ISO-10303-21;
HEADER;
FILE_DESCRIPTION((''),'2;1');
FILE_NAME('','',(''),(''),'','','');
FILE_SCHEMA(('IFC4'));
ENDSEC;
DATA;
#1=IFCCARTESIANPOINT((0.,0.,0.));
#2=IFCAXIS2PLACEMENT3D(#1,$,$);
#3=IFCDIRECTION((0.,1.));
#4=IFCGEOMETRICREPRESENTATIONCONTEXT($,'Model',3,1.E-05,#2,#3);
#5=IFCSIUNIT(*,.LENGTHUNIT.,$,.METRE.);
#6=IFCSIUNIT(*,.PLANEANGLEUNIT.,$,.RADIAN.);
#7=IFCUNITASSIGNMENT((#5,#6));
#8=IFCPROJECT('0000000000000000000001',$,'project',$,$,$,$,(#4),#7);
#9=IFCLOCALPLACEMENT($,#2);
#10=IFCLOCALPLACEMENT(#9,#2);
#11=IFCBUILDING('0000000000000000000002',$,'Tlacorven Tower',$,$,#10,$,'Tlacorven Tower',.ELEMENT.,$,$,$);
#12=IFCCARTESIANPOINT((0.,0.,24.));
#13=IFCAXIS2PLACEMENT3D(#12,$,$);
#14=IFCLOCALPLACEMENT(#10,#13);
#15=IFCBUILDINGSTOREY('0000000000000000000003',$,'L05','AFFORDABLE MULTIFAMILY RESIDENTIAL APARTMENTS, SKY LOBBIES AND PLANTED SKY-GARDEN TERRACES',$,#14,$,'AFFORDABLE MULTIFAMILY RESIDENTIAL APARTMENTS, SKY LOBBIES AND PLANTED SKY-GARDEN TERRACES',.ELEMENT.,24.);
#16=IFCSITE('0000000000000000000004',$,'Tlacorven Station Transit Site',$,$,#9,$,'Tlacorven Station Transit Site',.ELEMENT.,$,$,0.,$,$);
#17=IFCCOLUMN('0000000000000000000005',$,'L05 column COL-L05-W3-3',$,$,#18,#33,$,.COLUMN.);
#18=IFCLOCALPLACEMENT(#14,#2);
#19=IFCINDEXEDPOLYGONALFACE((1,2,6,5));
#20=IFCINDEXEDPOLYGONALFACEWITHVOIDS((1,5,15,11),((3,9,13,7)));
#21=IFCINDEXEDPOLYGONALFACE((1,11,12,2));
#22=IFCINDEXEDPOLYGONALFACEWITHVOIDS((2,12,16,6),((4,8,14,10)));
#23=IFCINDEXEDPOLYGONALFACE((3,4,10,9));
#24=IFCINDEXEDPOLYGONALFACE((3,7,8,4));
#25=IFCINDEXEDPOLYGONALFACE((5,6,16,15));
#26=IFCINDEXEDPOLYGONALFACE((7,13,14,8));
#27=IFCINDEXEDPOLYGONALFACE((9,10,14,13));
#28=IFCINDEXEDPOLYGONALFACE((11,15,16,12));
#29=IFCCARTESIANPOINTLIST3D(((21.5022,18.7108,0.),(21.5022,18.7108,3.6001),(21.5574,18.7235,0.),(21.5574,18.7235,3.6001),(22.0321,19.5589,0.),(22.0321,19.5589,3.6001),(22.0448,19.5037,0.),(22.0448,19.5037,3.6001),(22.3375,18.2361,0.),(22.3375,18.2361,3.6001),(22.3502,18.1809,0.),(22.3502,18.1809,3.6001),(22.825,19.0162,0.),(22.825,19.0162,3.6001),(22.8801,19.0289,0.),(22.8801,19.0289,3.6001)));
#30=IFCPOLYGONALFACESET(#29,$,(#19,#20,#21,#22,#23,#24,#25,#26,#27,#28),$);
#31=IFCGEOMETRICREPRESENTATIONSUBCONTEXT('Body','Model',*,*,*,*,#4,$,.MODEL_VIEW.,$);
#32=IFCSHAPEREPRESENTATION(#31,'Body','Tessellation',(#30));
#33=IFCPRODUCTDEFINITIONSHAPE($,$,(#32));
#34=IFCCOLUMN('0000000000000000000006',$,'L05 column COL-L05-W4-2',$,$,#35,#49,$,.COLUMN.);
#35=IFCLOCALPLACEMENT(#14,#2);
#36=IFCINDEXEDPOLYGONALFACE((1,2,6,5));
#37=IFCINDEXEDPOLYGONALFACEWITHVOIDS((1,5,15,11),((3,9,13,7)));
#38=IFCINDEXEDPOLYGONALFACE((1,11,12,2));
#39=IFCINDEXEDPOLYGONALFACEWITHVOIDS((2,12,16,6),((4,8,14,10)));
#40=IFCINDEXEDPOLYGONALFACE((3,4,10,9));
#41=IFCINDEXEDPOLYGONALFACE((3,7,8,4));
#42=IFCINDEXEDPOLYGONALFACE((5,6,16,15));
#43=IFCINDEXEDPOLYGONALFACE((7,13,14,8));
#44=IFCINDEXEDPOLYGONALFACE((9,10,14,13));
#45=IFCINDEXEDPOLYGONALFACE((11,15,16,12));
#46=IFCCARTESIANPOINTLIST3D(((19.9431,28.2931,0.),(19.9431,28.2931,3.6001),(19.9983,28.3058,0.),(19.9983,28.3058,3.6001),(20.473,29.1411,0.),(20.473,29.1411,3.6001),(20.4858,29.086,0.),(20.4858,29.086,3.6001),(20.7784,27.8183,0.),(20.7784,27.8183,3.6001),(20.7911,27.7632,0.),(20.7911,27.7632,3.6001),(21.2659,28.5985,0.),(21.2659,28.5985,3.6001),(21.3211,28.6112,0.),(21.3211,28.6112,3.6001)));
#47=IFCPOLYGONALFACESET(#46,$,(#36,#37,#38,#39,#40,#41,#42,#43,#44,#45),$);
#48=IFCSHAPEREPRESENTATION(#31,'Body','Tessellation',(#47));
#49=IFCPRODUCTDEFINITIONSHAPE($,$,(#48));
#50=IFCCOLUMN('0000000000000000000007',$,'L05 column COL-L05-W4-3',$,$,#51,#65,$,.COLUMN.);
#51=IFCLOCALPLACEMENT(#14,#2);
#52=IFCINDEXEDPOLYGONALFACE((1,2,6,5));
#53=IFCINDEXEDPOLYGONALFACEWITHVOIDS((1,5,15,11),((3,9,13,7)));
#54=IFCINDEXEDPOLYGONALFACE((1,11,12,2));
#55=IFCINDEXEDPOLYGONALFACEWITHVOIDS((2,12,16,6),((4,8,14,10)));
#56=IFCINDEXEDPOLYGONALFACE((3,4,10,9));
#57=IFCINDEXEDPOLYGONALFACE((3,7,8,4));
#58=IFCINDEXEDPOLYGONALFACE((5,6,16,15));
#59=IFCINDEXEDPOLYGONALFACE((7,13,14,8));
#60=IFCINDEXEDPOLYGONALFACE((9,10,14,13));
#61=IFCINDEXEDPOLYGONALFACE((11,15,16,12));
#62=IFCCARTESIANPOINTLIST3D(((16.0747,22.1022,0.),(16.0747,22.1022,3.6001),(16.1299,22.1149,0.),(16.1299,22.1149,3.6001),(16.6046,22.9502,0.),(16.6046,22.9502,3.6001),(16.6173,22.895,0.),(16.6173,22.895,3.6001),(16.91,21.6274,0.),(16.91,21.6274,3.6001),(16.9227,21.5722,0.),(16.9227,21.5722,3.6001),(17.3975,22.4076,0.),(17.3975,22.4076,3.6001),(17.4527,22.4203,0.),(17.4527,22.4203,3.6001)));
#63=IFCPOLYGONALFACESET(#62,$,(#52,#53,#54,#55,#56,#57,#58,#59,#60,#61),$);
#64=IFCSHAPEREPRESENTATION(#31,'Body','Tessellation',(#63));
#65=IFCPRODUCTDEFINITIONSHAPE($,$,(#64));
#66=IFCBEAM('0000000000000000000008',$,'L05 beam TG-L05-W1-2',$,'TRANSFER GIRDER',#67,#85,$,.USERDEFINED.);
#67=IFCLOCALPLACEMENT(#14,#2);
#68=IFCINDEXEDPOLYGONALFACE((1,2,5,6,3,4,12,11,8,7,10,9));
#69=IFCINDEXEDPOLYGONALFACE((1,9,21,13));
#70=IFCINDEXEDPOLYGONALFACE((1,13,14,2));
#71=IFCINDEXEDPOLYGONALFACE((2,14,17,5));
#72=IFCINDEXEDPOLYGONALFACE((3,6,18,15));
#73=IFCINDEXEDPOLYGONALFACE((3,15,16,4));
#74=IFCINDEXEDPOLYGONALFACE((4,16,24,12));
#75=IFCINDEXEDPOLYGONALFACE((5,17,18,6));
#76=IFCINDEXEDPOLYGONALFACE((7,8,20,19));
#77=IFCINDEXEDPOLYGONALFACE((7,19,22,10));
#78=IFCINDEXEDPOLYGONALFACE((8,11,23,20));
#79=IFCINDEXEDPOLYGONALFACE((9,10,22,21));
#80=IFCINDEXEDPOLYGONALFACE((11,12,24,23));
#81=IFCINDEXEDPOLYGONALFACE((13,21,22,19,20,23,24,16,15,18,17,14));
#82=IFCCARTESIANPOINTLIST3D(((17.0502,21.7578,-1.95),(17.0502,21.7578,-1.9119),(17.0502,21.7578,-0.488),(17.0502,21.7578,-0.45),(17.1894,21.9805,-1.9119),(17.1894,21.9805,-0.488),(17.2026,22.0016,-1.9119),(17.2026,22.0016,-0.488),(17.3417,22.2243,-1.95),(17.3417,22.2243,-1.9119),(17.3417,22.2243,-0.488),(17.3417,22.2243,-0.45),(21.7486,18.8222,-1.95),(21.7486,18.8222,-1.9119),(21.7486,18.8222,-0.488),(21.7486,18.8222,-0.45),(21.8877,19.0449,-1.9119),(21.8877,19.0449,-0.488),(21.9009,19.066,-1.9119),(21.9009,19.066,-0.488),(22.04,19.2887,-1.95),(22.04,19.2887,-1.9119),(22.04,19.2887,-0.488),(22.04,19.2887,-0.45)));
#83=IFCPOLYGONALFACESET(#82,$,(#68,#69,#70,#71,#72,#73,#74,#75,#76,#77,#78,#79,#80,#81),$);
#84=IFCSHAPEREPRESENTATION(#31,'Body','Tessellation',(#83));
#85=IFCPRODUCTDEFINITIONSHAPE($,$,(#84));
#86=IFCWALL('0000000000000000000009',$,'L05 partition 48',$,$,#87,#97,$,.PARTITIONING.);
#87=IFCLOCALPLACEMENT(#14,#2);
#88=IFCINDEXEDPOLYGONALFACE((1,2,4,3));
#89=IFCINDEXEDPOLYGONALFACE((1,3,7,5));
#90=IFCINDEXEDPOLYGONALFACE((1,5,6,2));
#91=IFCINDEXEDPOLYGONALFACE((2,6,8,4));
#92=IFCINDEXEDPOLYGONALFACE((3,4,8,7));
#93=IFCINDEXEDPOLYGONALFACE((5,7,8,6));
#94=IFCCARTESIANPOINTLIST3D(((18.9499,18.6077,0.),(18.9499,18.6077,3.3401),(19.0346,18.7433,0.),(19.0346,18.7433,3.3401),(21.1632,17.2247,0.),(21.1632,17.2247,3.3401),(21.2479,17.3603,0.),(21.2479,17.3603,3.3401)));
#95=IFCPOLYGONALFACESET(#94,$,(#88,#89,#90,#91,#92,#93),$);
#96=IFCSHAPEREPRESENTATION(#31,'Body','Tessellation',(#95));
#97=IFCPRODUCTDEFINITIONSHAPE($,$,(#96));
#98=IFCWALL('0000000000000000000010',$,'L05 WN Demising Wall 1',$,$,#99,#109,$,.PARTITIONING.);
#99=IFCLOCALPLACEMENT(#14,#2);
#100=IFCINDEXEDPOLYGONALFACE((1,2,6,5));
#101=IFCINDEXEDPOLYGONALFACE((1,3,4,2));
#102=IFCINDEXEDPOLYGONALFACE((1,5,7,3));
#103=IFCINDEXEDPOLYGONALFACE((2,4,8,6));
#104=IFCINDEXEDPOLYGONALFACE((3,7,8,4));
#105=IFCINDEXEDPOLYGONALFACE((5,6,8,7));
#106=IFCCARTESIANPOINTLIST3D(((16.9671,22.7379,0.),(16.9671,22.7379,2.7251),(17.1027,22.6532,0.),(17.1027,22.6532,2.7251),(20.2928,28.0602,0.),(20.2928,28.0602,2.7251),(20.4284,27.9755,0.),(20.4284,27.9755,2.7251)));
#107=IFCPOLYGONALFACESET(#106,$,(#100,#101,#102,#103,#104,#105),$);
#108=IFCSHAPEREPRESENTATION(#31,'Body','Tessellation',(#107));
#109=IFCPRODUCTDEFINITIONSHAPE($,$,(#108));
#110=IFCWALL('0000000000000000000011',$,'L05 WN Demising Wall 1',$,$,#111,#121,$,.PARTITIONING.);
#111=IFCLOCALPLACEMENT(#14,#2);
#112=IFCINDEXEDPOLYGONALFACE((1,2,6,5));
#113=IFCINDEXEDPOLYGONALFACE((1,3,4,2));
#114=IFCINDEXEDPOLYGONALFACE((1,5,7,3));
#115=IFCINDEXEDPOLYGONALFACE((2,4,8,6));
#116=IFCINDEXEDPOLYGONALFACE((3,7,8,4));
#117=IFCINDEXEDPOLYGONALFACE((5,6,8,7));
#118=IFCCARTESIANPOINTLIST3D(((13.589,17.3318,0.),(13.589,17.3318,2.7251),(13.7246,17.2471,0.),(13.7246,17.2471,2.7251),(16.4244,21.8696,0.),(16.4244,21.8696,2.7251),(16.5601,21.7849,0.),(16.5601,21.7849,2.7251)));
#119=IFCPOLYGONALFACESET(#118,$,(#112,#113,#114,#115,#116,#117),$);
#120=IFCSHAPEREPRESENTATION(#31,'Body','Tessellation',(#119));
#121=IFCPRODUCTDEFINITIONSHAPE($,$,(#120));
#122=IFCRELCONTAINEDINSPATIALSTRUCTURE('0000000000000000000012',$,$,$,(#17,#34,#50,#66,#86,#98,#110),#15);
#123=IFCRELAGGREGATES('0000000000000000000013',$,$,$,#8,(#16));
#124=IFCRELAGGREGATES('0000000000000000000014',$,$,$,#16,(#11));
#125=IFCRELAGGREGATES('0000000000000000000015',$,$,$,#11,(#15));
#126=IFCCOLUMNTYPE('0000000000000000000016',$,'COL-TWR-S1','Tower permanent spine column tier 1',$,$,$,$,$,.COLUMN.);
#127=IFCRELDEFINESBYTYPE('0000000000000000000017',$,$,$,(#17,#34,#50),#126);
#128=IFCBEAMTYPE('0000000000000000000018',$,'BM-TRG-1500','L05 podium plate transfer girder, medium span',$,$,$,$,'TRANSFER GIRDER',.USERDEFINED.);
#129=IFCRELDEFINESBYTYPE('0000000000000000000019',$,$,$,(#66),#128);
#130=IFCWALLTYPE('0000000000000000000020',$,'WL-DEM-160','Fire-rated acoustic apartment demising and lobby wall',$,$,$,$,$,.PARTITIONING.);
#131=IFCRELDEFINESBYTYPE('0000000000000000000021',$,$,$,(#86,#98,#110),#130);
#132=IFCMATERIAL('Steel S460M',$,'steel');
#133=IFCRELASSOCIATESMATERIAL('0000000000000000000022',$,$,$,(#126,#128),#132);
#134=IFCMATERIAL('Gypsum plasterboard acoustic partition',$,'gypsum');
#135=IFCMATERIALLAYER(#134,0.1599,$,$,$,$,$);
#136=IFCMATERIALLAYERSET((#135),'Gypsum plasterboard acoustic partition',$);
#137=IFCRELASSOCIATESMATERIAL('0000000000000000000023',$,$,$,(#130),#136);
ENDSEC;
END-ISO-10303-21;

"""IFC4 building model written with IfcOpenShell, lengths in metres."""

from ifc_helpers import new_model, si_unit, direction, frame, frame_2d, origin, origin_2d, place, context, subcontext, project, spatial, rectangle, hollow_rectangle, i_section, extrude, source, transform, mapped, material, layer, layer_set, material_profile, profile_set, type_object, element, save


model = new_model("IFC4")

# Units and contexts
model_context = context("Model", 3, precision=1e-05, world=origin(), true_north=direction((0.0, 1.0)))
body_context = subcontext(model_context, "Body", "Model", "MODEL_VIEW")
ifc_project = project(units=[si_unit("LENGTHUNIT", "METRE"), si_unit("PLANEANGLEUNIT", "RADIAN")], contexts=[model_context])

# Site, building, storey
site_placement = place(None, origin())
site = spatial("IfcSite", under=ifc_project, at=site_placement, Name="Tlacorven Station Transit Site", LongName="Tlacorven Station Transit Site", CompositionType="ELEMENT", RefElevation=0.0)
building_placement = place(site_placement, origin())
building = spatial("IfcBuilding", under=site, at=building_placement, Name="Tlacorven Tower", LongName="Tlacorven Tower", CompositionType="ELEMENT")
storey_placement = place(building_placement, frame((0.0, 0.0, 24.0)))
storey = spatial("IfcBuildingStorey", under=building, at=storey_placement, Name="L05", Description="AFFORDABLE MULTIFAMILY RESIDENTIAL APARTMENTS, SKY LOBBIES AND PLANTED SKY-GARDEN TERRACES", LongName="AFFORDABLE MULTIFAMILY RESIDENTIAL APARTMENTS, SKY LOBBIES AND PLANTED SKY-GARDEN TERRACES", CompositionType="ELEMENT", Elevation=24.0)

# Columns
ifc_material_1 = material(Name="Steel S460M", Category="steel")
ifc_material_profile_1 = material_profile(ifc_material_1, hollow_rectangle(XDim=1.0, YDim=1.0, WallThickness=0.04, at=origin_2d()), Name="BOX 1000X1000X40")
ifc_profile_set_1 = profile_set([ifc_material_profile_1], Name="Steel S460M")
column_type = type_object("IfcColumnType", Name="COL-TWR-S1", Description="Tower permanent spine column tier 1", PredefinedType="COLUMN", material=ifc_profile_set_1)
shared_shape_1 = source(origin(), body_context, "Body", "SweptSolid", [
    extrude(hollow_rectangle(XDim=1.0, YDim=1.0, WallThickness=0.04, at=origin_2d()), origin(), (0.0, 0.0, 1.0), 3.6001),
])
for number, where, z_axis, x_axis, name in (
    (1, (22.1912, 18.8699, 0.0), (0.0, 0.0, 1.0), (-0.848048, 0.529919, 0.0), "L05 column COL-L05-W3-3"),
    (2, (20.6321, 28.4521, 0.0), (0.0, 0.0, 1.0), (-0.848048, 0.529919, 0.0), "L05 column COL-L05-W4-2"),
    (3, (16.7637, 22.2612, 0.0), (0.0, 0.0, 1.0), (-0.848048, 0.529919, 0.0), "L05 column COL-L05-W4-3"),
):
    element("IfcColumn", number, at=place(storey_placement, frame(where, z_axis=z_axis, x_axis=x_axis)), inside=storey, type_object=column_type, Name=name, PredefinedType="COLUMN", context=body_context, shape_type="MappedRepresentation", body=[
        mapped(shared_shape_1, transform((0.0, 0.0, 0.0), scale=1.0)),
    ])

# Beam
ifc_material_profile_2 = material_profile(ifc_material_1, i_section(OverallWidth=0.55, OverallDepth=1.5, WebThickness=0.0249, FlangeThickness=0.0381, at=origin_2d()), Name="PG 1500X550X25X38")
ifc_profile_set_2 = profile_set([ifc_material_profile_2], Name="Steel S460M")
beam_type = type_object("IfcBeamType", Name="BM-TRG-1500", Description="L05 podium plate transfer girder, medium span", ElementType="TRANSFER GIRDER", PredefinedType="USERDEFINED", material=ifc_profile_set_2)
shared_shape_2 = source(origin(), body_context, "Body", "SweptSolid", [
    extrude(i_section(OverallWidth=0.55, OverallDepth=1.5, WebThickness=0.0249, FlangeThickness=0.0381, at=origin_2d()), origin(), (0.0, 0.0, 1.0), 5.54),
])
beam_placement = place(storey_placement, frame((21.8943, 19.0554, -1.2), z_axis=(-0.848068, 0.529888, 0.0), x_axis=(-0.529888, -0.848068, 0.0)))
element("IfcBeam", 4, at=beam_placement, inside=storey, type_object=beam_type, Name="L05 beam TG-L05-W1-2", ObjectType="TRANSFER GIRDER", PredefinedType="USERDEFINED", context=body_context, shape_type="MappedRepresentation", body=[
    mapped(shared_shape_2, transform((0.0, 0.0, 0.0), scale=1.0)),
])

# Walls
ifc_material_2 = material(Name="Gypsum plasterboard acoustic partition", Category="gypsum")
ifc_layer_1 = layer(ifc_material_2, 0.1599)
ifc_layer_set_1 = layer_set([ifc_layer_1], Name="Gypsum plasterboard acoustic partition")
wall_type_1 = type_object("IfcWallType", Name="WL-DEM-160", Description="Fire-rated acoustic apartment demising and lobby wall", PredefinedType="PARTITIONING", material=ifc_layer_set_1)
wall_1_placement = place(storey_placement, frame((21.2056, 17.2925, 0.0), z_axis=(0.0, 0.0, 1.0), x_axis=(-0.848051, 0.529915, 0.0)))
element("IfcWall", 5, at=wall_1_placement, inside=storey, type_object=wall_type_1, Name="L05 partition 48", PredefinedType="PARTITIONING", context=body_context, shape_type="SweptSolid", body=[
    extrude(rectangle(XDim=2.6099, YDim=0.1599, at=frame_2d((1.3049, 0.0))), origin(), (0.0, 0.0, 1.0), 3.3401),
])
wall_2_placement = place(storey_placement, frame((20.3606, 28.0178, 0.0), z_axis=(0.0, 0.0, 1.0), x_axis=(-0.529915, -0.848051, 0.0)))
element("IfcWall", 6, at=wall_2_placement, inside=storey, type_object=wall_type_1, Name="L05 WN Demising Wall 1", PredefinedType="PARTITIONING", context=body_context, shape_type="SweptSolid", body=[
    extrude(rectangle(XDim=6.2759, YDim=0.1599, at=frame_2d((3.1379, 0.0))), origin(), (0.0, 0.0, 1.0), 2.7251),
])
wall_3_placement = place(storey_placement, frame((16.4922, 21.8271, 0.0), z_axis=(0.0, 0.0, 1.0), x_axis=(-0.529905, -0.848057, 0.0)))
element("IfcWall", 7, at=wall_3_placement, inside=storey, type_object=wall_type_1, Name="L05 WN Demising Wall 1", PredefinedType="PARTITIONING", context=body_context, shape_type="SweptSolid", body=[
    extrude(rectangle(XDim=5.3508, YDim=0.1599, at=frame_2d((2.6753, 0.0))), origin(), (0.0, 0.0, 1.0), 2.7251),
])

save(model, "model.ifc")
